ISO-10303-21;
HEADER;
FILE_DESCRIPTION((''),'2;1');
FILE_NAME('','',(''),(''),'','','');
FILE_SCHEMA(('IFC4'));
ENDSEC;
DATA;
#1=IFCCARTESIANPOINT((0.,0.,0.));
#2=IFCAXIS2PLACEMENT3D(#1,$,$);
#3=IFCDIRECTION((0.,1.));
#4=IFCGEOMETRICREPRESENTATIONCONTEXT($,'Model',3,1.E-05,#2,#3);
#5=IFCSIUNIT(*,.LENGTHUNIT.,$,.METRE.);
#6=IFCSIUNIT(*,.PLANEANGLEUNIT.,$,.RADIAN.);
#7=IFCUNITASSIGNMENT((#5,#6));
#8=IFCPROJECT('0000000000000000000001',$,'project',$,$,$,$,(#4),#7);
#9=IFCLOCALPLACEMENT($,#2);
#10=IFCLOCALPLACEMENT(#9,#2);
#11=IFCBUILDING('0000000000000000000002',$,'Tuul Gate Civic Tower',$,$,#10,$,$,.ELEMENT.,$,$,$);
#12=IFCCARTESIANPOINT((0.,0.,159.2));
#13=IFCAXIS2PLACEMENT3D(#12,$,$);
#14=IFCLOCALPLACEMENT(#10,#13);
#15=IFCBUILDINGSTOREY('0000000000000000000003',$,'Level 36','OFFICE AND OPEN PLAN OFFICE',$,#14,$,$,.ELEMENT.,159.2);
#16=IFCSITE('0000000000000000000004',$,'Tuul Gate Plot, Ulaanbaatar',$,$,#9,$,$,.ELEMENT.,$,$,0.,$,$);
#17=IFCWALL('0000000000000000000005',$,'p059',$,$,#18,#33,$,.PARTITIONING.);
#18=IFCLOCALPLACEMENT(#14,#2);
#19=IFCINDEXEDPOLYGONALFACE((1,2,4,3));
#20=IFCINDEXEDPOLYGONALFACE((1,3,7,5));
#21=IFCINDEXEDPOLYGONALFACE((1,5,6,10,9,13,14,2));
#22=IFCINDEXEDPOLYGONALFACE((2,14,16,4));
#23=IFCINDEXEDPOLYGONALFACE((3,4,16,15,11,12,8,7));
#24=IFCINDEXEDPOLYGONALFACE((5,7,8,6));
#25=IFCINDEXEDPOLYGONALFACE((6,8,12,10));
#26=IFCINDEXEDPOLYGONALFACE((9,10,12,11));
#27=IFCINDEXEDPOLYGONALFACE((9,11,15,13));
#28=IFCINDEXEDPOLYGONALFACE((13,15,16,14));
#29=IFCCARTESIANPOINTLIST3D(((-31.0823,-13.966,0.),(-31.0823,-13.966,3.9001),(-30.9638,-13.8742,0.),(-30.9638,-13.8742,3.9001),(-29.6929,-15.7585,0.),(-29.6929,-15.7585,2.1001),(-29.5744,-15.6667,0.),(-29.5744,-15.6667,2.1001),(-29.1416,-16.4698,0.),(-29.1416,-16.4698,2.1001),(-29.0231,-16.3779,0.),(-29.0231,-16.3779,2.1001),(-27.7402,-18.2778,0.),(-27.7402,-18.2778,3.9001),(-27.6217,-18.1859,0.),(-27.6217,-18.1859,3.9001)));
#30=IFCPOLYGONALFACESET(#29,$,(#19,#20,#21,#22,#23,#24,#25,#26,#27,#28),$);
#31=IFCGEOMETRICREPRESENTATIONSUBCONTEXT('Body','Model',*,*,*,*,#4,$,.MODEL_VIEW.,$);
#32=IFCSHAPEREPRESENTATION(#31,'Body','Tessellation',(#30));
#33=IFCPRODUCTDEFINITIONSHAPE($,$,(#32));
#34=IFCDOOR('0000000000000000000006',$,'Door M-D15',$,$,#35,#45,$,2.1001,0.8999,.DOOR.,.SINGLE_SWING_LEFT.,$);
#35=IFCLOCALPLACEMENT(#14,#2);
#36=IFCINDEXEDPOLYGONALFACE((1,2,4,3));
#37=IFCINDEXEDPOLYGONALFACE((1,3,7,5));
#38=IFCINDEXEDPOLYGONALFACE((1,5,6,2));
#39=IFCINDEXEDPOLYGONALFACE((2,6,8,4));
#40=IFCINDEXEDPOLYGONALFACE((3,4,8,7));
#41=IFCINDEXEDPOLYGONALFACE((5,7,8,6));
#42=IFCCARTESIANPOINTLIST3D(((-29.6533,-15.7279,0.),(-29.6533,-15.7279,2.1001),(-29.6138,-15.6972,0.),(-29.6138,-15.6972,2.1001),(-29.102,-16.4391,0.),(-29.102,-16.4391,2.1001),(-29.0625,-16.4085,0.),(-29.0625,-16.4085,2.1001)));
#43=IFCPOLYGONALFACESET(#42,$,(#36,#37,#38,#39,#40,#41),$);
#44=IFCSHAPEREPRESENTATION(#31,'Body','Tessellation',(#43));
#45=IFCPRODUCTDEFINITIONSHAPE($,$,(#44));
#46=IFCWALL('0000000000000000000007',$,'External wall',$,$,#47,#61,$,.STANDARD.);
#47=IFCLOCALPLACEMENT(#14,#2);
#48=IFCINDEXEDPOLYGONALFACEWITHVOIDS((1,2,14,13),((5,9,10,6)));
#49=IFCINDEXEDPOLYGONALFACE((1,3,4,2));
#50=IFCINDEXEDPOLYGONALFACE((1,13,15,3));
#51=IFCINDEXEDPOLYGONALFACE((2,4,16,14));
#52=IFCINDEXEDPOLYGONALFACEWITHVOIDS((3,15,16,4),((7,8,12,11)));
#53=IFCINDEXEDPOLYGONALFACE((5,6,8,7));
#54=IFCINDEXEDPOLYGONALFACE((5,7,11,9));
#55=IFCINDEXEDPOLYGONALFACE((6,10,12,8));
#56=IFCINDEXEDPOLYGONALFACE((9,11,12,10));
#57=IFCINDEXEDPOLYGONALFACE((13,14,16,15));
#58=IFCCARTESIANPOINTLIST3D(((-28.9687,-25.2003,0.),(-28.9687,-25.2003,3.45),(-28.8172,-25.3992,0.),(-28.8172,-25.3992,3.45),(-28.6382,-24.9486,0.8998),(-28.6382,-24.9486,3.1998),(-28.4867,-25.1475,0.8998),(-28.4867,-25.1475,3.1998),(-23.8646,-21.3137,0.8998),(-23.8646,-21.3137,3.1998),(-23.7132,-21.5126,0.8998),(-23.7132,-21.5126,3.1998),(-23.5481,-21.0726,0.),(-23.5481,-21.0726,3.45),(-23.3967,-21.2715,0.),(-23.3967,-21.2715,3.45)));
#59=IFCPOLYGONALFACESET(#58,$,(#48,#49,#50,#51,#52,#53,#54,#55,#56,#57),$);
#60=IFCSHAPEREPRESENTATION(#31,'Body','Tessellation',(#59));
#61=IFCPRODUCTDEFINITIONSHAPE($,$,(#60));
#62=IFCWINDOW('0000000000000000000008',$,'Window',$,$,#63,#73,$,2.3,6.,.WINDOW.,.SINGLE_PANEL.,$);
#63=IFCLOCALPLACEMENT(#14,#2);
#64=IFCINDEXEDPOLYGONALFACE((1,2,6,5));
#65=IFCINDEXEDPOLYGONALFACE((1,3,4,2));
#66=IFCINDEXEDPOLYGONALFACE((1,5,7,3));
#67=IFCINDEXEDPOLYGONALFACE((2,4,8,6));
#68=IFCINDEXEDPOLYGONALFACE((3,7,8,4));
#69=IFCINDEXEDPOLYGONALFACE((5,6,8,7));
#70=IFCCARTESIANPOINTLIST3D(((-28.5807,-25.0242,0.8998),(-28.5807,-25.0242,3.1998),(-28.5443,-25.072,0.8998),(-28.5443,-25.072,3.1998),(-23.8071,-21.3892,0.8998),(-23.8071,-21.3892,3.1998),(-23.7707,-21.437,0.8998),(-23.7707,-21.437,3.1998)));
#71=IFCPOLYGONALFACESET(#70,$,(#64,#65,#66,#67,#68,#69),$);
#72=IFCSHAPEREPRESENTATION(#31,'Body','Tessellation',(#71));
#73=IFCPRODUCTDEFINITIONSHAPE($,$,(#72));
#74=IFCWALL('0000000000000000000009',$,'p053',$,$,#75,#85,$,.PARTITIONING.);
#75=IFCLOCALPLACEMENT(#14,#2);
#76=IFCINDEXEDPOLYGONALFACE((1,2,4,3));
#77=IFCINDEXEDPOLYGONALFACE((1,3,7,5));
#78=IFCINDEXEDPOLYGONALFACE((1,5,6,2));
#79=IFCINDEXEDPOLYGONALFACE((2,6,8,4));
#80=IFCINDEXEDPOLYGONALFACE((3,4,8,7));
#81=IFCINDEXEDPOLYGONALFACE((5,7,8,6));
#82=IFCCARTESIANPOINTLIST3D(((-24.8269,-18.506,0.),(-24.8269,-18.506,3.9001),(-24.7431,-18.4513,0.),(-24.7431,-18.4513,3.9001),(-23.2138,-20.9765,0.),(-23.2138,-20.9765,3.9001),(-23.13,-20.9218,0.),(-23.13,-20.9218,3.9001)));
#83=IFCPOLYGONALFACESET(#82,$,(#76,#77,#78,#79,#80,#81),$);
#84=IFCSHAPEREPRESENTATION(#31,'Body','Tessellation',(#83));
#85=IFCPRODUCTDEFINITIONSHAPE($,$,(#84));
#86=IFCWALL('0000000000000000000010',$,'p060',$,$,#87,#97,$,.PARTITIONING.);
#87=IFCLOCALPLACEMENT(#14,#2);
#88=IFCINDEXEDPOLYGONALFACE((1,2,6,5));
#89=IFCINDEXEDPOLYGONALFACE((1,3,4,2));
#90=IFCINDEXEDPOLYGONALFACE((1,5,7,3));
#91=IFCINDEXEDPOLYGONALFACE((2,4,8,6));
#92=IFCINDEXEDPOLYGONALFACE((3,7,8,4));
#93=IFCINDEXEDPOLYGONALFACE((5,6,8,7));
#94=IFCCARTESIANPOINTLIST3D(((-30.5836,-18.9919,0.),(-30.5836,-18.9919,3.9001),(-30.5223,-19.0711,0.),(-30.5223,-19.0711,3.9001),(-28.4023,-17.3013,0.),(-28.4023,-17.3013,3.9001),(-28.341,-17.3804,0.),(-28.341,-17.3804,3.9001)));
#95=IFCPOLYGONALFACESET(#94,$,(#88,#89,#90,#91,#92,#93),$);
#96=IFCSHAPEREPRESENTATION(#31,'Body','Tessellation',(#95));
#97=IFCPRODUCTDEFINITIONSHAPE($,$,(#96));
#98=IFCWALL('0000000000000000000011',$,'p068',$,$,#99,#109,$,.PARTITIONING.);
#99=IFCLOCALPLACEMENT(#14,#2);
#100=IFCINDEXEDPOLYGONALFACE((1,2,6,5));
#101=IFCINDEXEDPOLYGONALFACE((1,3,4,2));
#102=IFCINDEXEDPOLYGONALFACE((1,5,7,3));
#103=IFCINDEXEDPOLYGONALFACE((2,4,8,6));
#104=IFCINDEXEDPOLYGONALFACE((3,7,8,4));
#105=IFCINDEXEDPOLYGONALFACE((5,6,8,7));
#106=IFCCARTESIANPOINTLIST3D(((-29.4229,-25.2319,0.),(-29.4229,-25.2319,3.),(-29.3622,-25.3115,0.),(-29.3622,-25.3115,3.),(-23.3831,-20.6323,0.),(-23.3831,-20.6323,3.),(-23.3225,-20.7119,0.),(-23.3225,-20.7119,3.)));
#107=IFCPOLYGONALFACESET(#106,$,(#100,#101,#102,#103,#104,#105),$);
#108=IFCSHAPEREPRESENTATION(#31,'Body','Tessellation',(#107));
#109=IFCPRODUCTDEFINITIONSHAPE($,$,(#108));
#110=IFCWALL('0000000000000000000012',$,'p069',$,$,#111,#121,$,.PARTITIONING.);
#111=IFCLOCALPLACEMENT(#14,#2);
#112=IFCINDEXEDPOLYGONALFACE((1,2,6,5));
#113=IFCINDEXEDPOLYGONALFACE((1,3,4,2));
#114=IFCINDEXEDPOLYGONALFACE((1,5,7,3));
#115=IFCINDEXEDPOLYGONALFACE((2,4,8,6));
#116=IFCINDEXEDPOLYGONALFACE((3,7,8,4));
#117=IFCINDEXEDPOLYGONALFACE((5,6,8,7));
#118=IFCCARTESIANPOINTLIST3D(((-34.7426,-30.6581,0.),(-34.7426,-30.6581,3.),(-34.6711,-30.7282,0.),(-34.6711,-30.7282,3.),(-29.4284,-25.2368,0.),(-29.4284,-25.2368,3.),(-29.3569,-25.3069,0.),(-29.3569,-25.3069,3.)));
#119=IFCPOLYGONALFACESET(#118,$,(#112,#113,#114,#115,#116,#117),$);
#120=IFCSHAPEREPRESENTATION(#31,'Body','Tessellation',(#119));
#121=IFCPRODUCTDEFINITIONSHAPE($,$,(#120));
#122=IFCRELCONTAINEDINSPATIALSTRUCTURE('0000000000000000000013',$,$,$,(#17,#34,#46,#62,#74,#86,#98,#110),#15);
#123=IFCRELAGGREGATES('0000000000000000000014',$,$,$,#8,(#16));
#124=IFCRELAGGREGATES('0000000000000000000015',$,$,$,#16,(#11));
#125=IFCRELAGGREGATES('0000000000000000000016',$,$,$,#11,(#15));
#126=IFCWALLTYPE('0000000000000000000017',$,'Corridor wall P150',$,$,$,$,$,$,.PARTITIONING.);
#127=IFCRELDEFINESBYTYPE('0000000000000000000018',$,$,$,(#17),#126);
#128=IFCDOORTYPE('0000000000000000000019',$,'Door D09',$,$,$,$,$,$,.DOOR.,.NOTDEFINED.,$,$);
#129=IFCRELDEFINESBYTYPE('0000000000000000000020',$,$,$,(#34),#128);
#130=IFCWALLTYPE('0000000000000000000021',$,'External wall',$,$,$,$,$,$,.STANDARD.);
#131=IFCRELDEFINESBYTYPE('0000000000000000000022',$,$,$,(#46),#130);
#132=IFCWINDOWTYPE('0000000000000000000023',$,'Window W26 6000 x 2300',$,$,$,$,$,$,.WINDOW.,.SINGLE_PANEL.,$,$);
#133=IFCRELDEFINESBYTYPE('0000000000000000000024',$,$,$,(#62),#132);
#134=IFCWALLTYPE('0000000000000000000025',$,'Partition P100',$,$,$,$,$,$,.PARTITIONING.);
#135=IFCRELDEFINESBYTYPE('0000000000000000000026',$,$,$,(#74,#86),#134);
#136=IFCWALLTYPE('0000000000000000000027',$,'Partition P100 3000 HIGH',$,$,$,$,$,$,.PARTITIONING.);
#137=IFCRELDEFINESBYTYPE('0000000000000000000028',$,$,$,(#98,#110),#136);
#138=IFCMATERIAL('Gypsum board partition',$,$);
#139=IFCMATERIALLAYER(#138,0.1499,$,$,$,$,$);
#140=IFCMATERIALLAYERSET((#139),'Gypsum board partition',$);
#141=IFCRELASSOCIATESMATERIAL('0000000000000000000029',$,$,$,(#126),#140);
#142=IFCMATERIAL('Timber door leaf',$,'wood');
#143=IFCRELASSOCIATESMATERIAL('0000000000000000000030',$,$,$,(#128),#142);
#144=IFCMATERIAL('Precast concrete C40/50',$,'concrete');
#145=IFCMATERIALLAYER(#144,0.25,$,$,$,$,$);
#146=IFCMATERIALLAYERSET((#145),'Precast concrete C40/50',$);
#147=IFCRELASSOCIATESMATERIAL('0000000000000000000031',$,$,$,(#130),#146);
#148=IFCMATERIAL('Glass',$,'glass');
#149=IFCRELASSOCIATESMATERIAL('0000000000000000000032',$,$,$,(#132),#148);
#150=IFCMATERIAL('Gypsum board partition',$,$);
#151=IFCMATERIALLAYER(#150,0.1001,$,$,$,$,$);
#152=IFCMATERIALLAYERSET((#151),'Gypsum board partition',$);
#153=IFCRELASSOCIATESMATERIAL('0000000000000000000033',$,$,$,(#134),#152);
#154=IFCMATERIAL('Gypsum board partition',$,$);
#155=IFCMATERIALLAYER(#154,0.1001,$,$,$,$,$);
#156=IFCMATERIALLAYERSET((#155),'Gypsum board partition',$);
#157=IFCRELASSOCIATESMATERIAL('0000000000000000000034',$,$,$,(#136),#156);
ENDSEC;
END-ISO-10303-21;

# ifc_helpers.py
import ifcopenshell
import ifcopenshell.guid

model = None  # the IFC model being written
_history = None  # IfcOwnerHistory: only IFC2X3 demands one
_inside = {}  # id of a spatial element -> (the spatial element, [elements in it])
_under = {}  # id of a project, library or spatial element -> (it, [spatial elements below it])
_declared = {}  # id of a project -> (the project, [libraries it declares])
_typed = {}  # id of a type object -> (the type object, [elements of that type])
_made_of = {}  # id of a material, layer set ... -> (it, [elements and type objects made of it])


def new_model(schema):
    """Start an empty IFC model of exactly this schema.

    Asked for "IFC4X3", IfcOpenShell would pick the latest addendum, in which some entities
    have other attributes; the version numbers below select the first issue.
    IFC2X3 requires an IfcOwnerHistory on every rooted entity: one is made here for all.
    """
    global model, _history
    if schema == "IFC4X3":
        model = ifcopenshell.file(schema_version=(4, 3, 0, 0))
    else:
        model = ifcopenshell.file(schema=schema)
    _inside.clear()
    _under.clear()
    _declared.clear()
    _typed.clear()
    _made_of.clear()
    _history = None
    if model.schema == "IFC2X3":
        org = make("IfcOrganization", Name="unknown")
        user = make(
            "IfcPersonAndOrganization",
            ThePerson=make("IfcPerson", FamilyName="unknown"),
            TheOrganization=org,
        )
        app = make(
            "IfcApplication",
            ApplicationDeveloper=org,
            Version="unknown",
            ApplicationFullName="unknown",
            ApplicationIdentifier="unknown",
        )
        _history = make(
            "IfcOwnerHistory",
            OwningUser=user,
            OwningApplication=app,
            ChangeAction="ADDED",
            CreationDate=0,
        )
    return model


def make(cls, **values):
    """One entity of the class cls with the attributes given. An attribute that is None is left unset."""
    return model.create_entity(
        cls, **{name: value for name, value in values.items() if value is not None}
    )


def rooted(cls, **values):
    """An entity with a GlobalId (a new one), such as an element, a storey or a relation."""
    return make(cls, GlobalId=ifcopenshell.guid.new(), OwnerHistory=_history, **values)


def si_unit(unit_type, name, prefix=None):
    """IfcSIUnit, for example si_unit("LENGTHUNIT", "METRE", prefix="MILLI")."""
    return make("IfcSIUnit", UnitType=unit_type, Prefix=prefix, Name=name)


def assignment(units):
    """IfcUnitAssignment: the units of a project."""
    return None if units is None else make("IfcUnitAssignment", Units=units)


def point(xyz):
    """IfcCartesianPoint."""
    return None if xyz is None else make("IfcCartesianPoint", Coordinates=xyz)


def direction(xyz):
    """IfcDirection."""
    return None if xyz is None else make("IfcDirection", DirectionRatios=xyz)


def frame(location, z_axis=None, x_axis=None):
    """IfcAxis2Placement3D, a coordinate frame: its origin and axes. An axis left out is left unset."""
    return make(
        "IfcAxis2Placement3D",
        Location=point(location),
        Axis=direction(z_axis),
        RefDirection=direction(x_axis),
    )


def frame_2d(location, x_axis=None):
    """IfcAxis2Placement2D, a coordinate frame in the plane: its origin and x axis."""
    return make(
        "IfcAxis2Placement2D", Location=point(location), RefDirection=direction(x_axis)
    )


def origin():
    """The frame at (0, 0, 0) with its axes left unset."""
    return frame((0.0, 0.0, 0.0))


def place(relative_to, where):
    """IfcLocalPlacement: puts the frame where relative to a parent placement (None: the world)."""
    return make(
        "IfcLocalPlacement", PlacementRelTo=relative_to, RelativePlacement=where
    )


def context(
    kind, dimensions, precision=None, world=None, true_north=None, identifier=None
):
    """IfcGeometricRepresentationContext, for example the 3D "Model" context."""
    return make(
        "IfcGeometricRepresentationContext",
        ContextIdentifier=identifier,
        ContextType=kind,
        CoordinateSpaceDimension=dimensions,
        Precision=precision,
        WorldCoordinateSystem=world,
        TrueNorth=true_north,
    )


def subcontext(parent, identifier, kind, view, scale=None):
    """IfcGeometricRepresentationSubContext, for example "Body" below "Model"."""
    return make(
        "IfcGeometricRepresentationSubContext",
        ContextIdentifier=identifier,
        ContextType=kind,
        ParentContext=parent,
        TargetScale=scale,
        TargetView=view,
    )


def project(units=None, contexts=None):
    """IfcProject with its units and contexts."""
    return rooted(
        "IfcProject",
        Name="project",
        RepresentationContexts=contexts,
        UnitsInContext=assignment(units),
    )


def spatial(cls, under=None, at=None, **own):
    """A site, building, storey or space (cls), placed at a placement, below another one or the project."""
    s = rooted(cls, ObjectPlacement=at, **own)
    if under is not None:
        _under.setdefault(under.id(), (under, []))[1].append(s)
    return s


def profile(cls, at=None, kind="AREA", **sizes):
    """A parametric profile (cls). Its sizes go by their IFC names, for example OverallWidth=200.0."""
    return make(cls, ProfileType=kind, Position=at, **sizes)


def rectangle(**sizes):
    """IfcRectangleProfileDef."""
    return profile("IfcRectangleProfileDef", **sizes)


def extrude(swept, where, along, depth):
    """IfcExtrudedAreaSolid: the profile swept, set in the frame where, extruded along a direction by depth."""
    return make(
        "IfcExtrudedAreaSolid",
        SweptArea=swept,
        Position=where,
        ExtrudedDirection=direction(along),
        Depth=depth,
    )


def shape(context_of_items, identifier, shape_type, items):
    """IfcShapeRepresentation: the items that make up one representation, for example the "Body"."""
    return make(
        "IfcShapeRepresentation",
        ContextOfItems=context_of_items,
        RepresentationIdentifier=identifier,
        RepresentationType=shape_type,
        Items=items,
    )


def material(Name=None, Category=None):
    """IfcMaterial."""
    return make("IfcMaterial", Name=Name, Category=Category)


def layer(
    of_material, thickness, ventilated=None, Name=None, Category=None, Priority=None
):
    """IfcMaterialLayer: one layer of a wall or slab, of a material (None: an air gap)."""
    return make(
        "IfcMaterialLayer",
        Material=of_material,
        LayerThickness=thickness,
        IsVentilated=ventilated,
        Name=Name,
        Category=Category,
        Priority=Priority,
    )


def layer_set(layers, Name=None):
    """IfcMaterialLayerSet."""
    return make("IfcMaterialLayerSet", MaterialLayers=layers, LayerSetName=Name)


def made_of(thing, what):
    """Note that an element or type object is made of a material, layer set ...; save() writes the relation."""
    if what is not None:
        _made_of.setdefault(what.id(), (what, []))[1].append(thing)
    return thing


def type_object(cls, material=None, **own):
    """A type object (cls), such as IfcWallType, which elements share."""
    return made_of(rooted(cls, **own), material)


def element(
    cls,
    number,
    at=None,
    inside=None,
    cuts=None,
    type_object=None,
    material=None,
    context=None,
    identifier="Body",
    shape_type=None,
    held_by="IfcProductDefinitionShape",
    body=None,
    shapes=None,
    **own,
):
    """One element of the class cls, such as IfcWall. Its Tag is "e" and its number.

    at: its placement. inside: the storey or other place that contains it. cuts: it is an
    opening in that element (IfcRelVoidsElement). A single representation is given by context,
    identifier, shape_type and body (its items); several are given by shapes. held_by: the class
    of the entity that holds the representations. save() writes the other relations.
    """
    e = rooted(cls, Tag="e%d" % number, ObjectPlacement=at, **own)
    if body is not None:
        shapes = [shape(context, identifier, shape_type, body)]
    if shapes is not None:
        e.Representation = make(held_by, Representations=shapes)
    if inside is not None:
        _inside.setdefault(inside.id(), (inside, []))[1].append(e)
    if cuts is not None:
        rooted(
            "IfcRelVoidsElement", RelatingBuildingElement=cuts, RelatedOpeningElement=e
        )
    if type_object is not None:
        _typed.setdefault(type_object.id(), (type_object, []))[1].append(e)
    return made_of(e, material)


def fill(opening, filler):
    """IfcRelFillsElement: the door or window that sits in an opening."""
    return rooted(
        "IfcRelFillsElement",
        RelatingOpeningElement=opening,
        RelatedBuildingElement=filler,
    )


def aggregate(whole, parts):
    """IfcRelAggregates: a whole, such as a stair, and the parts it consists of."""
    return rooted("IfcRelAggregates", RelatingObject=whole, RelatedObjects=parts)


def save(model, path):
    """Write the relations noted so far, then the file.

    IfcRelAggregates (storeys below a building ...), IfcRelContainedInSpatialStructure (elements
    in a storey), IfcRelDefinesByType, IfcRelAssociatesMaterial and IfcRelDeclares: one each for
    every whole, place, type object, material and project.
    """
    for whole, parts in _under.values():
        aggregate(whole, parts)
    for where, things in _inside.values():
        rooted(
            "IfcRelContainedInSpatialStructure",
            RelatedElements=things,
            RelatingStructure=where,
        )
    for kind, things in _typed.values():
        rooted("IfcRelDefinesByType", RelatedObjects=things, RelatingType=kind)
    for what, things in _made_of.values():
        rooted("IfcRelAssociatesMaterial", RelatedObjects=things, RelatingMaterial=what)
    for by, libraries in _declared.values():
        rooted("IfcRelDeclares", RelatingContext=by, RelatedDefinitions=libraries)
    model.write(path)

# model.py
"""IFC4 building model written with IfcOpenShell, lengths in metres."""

from ifc_helpers import new_model, si_unit, direction, frame, frame_2d, origin, place, context, subcontext, project, spatial, rectangle, extrude, material, layer, layer_set, type_object, element, fill, save


model = new_model("IFC4")

# Units and contexts
model_context = context("Model", 3, precision=1e-05, world=origin(), true_north=direction((0.0, 1.0)))
body_context = subcontext(model_context, "Body", "Model", "MODEL_VIEW")
ifc_project = project(units=[si_unit("LENGTHUNIT", "METRE"), si_unit("PLANEANGLEUNIT", "RADIAN")], contexts=[model_context])

# Site, building, storey
site_placement = place(None, origin())
site = spatial("IfcSite", under=ifc_project, at=site_placement, Name="Tuul Gate Plot, Ulaanbaatar", CompositionType="ELEMENT", RefElevation=0.0)
building_placement = place(site_placement, origin())
building = spatial("IfcBuilding", under=site, at=building_placement, Name="Tuul Gate Civic Tower", CompositionType="ELEMENT")
storey_placement = place(building_placement, frame((0.0, 0.0, 159.2)))
storey = spatial("IfcBuildingStorey", under=building, at=storey_placement, Name="Level 36", Description="OFFICE AND OPEN PLAN OFFICE", CompositionType="ELEMENT", Elevation=159.2)

# Shared definitions
ifc_material_1 = material(Name="Gypsum board partition")
ifc_layer_1 = layer(ifc_material_1, 0.1499)
ifc_layer_set_1 = layer_set([ifc_layer_1], Name="Gypsum board partition")
wall_type_1 = type_object("IfcWallType", Name="Corridor wall P150", PredefinedType="PARTITIONING", material=ifc_layer_set_1)

# Wall, opening, door
wall_1_placement = place(storey_placement, frame((-31.0229, -13.9202, 0.0), z_axis=(0.0, 0.0, 1.0), x_axis=(0.61262, -0.790378, 0.0)))
wall_1 = element("IfcWall", 1, at=wall_1_placement, inside=storey, type_object=wall_type_1, Name="p059", PredefinedType="PARTITIONING", context=body_context, shape_type="SweptSolid", body=[
    extrude(rectangle(XDim=5.4553, YDim=0.1499, at=frame_2d((2.7275, 0.0))), origin(), (0.0, 0.0, 1.0), 3.9001),
])
opening_1_placement = place(wall_1_placement, frame((2.2678, 0.0, 0.0)))
opening_1 = element("IfcOpeningElement", 2, at=opening_1_placement, cuts=wall_1, PredefinedType="OPENING", context=body_context, shape_type="SweptSolid", body=[
    extrude(rectangle(XDim=0.8999, YDim=2.1001, at=frame_2d((0.45, 1.05))), frame((0.0, 0.085, 0.0), z_axis=(0.0, -1.0, 0.0), x_axis=(1.0, 0.0, 0.0)), (0.0, 0.0, 1.0), 0.1699),
])
ifc_material_2 = material(Name="Timber door leaf", Category="wood")
door_type_1 = type_object("IfcDoorType", Name="Door D09", OperationType="NOTDEFINED", PredefinedType="DOOR", material=ifc_material_2)
door_1_placement = place(opening_1_placement, frame((0.8999, 0.0, 0.0), z_axis=(0.0, 0.0, 1.0), x_axis=(-1.0, 0.0, 0.0)))
door_1 = element("IfcDoor", 3, at=door_1_placement, inside=storey, type_object=door_type_1, Name="Door M-D15", OperationType="SINGLE_SWING_LEFT", OverallHeight=2.1001, OverallWidth=0.8999, PredefinedType="DOOR", context=body_context, shape_type="SweptSolid", body=[
    extrude(rectangle(XDim=0.8999, YDim=2.1001, at=frame_2d((0.45, 1.05))), frame((0.0, 0.0249, 0.0), z_axis=(0.0, -1.0, 0.0), x_axis=(1.0, 0.0, 0.0)), (0.0, 0.0, 1.0), 0.05),
])
fill(opening_1, door_1)

# Wall, opening, window
ifc_material_3 = material(Name="Precast concrete C40/50", Category="concrete")
ifc_layer_2 = layer(ifc_material_3, 0.25)
ifc_layer_set_2 = layer_set([ifc_layer_2], Name="Precast concrete C40/50")
wall_type_2 = type_object("IfcWallType", Name="External wall", PredefinedType="STANDARD", material=ifc_layer_set_2)
wall_2_placement = place(storey_placement, frame((-28.8931, -25.2998, 0.0), z_axis=(0.0, 0.0, 1.0), x_axis=(0.795597, 0.605826, 0.0)))
wall_2 = element("IfcWall", 4, at=wall_2_placement, inside=storey, type_object=wall_type_2, Name="External wall", PredefinedType="STANDARD", context=body_context, shape_type="SweptSolid", body=[
    extrude(rectangle(XDim=6.8132, YDim=0.25, at=frame_2d((3.4067, 0.0))), origin(), (0.0, 0.0, 1.0), 3.45),
])
opening_2_placement = place(wall_2_placement, frame((0.4155, 0.0, 0.8999)))
opening_2 = element("IfcOpeningElement", 5, at=opening_2_placement, cuts=wall_2, PredefinedType="OPENING", context=body_context, shape_type="SweptSolid", body=[
    extrude(rectangle(XDim=6.0, YDim=2.3, at=frame_2d((3.0, 1.1499))), frame((0.0, 0.135, 0.0), z_axis=(0.0, -1.0, 0.0), x_axis=(1.0, 0.0, 0.0)), (0.0, 0.0, 1.0), 0.27),
])
ifc_material_4 = material(Name="Glass", Category="glass")
window_type = type_object("IfcWindowType", Name="Window W26 6000 x 2300", PartitioningType="SINGLE_PANEL", PredefinedType="WINDOW", material=ifc_material_4)
window_placement = place(opening_2_placement, origin())
window = element("IfcWindow", 6, at=window_placement, inside=storey, type_object=window_type, Name="Window", OverallHeight=2.3, OverallWidth=6.0, PartitioningType="SINGLE_PANEL", PredefinedType="WINDOW", context=body_context, shape_type="SweptSolid", body=[
    extrude(rectangle(XDim=6.0, YDim=2.3, at=frame_2d((3.0, 1.1499))), frame((0.0, 0.03, 0.0), z_axis=(0.0, -1.0, 0.0), x_axis=(1.0, 0.0, 0.0)), (0.0, 0.0, 1.0), 0.0601),
])
fill(opening_2, window)

# Walls
ifc_material_5 = material(Name="Gypsum board partition")
ifc_layer_3 = layer(ifc_material_5, 0.1001)
ifc_layer_set_3 = layer_set([ifc_layer_3], Name="Gypsum board partition")
wall_type_3 = type_object("IfcWallType", Name="Partition P100", PredefinedType="PARTITIONING", material=ifc_layer_set_3)
wall_3_placement = place(storey_placement, frame((-24.7849, -18.4788, 0.0), z_axis=(0.0, 0.0, 1.0), x_axis=(0.546712, -0.837321, 0.0)))
element("IfcWall", 7, at=wall_3_placement, inside=storey, type_object=wall_type_3, Name="p053", PredefinedType="PARTITIONING", context=body_context, shape_type="SweptSolid", body=[
    extrude(rectangle(XDim=2.9504, YDim=0.1001, at=frame_2d((1.4751, 0.0))), origin(), (0.0, 0.0, 1.0), 3.9001),
])
wall_4_placement = place(storey_placement, frame((-30.553, -19.0315, 0.0), z_axis=(0.0, 0.0, 1.0), x_axis=(0.790399, 0.612592, 0.0)))
element("IfcWall", 8, at=wall_4_placement, inside=storey, type_object=wall_type_3, Name="p060", PredefinedType="PARTITIONING", context=body_context, shape_type="SweptSolid", body=[
    extrude(rectangle(XDim=2.7598, YDim=0.1001, at=frame_2d((1.3799, 0.0))), origin(), (0.0, 0.0, 1.0), 3.9001),
])
ifc_material_6 = material(Name="Gypsum board partition")
ifc_layer_4 = layer(ifc_material_6, 0.1001)
ifc_layer_set_4 = layer_set([ifc_layer_4], Name="Gypsum board partition")
wall_type_4 = type_object("IfcWallType", Name="Partition P100 3000 HIGH", PredefinedType="PARTITIONING", material=ifc_layer_set_4)
wall_5_placement = place(storey_placement, frame((-23.3528, -20.6721, 0.0), z_axis=(0.0, 0.0, 1.0), x_axis=(-0.795568, -0.605865, 0.0)))
element("IfcWall", 9, at=wall_5_placement, inside=storey, type_object=wall_type_4, Name="p068", PredefinedType="PARTITIONING", context=body_context, shape_type="SweptSolid", body=[
    extrude(rectangle(XDim=7.5918, YDim=0.1001, at=frame_2d((3.7959, 0.0))), origin(), (0.0, 0.0, 1.0), 3.0),
])
wall_6_placement = place(storey_placement, frame((-29.3926, -25.2717, 0.0), z_axis=(0.0, 0.0, 1.0), x_axis=(-0.700013, -0.714131, 0.0)))
element("IfcWall", 10, at=wall_6_placement, inside=storey, type_object=wall_type_4, Name="p069", PredefinedType="PARTITIONING", context=body_context, shape_type="SweptSolid", body=[
    extrude(rectangle(XDim=7.5916, YDim=0.1001, at=frame_2d((3.7959, 0.0))), origin(), (0.0, 0.0, 1.0), 3.0),
])

save(model, "model.ifc")
